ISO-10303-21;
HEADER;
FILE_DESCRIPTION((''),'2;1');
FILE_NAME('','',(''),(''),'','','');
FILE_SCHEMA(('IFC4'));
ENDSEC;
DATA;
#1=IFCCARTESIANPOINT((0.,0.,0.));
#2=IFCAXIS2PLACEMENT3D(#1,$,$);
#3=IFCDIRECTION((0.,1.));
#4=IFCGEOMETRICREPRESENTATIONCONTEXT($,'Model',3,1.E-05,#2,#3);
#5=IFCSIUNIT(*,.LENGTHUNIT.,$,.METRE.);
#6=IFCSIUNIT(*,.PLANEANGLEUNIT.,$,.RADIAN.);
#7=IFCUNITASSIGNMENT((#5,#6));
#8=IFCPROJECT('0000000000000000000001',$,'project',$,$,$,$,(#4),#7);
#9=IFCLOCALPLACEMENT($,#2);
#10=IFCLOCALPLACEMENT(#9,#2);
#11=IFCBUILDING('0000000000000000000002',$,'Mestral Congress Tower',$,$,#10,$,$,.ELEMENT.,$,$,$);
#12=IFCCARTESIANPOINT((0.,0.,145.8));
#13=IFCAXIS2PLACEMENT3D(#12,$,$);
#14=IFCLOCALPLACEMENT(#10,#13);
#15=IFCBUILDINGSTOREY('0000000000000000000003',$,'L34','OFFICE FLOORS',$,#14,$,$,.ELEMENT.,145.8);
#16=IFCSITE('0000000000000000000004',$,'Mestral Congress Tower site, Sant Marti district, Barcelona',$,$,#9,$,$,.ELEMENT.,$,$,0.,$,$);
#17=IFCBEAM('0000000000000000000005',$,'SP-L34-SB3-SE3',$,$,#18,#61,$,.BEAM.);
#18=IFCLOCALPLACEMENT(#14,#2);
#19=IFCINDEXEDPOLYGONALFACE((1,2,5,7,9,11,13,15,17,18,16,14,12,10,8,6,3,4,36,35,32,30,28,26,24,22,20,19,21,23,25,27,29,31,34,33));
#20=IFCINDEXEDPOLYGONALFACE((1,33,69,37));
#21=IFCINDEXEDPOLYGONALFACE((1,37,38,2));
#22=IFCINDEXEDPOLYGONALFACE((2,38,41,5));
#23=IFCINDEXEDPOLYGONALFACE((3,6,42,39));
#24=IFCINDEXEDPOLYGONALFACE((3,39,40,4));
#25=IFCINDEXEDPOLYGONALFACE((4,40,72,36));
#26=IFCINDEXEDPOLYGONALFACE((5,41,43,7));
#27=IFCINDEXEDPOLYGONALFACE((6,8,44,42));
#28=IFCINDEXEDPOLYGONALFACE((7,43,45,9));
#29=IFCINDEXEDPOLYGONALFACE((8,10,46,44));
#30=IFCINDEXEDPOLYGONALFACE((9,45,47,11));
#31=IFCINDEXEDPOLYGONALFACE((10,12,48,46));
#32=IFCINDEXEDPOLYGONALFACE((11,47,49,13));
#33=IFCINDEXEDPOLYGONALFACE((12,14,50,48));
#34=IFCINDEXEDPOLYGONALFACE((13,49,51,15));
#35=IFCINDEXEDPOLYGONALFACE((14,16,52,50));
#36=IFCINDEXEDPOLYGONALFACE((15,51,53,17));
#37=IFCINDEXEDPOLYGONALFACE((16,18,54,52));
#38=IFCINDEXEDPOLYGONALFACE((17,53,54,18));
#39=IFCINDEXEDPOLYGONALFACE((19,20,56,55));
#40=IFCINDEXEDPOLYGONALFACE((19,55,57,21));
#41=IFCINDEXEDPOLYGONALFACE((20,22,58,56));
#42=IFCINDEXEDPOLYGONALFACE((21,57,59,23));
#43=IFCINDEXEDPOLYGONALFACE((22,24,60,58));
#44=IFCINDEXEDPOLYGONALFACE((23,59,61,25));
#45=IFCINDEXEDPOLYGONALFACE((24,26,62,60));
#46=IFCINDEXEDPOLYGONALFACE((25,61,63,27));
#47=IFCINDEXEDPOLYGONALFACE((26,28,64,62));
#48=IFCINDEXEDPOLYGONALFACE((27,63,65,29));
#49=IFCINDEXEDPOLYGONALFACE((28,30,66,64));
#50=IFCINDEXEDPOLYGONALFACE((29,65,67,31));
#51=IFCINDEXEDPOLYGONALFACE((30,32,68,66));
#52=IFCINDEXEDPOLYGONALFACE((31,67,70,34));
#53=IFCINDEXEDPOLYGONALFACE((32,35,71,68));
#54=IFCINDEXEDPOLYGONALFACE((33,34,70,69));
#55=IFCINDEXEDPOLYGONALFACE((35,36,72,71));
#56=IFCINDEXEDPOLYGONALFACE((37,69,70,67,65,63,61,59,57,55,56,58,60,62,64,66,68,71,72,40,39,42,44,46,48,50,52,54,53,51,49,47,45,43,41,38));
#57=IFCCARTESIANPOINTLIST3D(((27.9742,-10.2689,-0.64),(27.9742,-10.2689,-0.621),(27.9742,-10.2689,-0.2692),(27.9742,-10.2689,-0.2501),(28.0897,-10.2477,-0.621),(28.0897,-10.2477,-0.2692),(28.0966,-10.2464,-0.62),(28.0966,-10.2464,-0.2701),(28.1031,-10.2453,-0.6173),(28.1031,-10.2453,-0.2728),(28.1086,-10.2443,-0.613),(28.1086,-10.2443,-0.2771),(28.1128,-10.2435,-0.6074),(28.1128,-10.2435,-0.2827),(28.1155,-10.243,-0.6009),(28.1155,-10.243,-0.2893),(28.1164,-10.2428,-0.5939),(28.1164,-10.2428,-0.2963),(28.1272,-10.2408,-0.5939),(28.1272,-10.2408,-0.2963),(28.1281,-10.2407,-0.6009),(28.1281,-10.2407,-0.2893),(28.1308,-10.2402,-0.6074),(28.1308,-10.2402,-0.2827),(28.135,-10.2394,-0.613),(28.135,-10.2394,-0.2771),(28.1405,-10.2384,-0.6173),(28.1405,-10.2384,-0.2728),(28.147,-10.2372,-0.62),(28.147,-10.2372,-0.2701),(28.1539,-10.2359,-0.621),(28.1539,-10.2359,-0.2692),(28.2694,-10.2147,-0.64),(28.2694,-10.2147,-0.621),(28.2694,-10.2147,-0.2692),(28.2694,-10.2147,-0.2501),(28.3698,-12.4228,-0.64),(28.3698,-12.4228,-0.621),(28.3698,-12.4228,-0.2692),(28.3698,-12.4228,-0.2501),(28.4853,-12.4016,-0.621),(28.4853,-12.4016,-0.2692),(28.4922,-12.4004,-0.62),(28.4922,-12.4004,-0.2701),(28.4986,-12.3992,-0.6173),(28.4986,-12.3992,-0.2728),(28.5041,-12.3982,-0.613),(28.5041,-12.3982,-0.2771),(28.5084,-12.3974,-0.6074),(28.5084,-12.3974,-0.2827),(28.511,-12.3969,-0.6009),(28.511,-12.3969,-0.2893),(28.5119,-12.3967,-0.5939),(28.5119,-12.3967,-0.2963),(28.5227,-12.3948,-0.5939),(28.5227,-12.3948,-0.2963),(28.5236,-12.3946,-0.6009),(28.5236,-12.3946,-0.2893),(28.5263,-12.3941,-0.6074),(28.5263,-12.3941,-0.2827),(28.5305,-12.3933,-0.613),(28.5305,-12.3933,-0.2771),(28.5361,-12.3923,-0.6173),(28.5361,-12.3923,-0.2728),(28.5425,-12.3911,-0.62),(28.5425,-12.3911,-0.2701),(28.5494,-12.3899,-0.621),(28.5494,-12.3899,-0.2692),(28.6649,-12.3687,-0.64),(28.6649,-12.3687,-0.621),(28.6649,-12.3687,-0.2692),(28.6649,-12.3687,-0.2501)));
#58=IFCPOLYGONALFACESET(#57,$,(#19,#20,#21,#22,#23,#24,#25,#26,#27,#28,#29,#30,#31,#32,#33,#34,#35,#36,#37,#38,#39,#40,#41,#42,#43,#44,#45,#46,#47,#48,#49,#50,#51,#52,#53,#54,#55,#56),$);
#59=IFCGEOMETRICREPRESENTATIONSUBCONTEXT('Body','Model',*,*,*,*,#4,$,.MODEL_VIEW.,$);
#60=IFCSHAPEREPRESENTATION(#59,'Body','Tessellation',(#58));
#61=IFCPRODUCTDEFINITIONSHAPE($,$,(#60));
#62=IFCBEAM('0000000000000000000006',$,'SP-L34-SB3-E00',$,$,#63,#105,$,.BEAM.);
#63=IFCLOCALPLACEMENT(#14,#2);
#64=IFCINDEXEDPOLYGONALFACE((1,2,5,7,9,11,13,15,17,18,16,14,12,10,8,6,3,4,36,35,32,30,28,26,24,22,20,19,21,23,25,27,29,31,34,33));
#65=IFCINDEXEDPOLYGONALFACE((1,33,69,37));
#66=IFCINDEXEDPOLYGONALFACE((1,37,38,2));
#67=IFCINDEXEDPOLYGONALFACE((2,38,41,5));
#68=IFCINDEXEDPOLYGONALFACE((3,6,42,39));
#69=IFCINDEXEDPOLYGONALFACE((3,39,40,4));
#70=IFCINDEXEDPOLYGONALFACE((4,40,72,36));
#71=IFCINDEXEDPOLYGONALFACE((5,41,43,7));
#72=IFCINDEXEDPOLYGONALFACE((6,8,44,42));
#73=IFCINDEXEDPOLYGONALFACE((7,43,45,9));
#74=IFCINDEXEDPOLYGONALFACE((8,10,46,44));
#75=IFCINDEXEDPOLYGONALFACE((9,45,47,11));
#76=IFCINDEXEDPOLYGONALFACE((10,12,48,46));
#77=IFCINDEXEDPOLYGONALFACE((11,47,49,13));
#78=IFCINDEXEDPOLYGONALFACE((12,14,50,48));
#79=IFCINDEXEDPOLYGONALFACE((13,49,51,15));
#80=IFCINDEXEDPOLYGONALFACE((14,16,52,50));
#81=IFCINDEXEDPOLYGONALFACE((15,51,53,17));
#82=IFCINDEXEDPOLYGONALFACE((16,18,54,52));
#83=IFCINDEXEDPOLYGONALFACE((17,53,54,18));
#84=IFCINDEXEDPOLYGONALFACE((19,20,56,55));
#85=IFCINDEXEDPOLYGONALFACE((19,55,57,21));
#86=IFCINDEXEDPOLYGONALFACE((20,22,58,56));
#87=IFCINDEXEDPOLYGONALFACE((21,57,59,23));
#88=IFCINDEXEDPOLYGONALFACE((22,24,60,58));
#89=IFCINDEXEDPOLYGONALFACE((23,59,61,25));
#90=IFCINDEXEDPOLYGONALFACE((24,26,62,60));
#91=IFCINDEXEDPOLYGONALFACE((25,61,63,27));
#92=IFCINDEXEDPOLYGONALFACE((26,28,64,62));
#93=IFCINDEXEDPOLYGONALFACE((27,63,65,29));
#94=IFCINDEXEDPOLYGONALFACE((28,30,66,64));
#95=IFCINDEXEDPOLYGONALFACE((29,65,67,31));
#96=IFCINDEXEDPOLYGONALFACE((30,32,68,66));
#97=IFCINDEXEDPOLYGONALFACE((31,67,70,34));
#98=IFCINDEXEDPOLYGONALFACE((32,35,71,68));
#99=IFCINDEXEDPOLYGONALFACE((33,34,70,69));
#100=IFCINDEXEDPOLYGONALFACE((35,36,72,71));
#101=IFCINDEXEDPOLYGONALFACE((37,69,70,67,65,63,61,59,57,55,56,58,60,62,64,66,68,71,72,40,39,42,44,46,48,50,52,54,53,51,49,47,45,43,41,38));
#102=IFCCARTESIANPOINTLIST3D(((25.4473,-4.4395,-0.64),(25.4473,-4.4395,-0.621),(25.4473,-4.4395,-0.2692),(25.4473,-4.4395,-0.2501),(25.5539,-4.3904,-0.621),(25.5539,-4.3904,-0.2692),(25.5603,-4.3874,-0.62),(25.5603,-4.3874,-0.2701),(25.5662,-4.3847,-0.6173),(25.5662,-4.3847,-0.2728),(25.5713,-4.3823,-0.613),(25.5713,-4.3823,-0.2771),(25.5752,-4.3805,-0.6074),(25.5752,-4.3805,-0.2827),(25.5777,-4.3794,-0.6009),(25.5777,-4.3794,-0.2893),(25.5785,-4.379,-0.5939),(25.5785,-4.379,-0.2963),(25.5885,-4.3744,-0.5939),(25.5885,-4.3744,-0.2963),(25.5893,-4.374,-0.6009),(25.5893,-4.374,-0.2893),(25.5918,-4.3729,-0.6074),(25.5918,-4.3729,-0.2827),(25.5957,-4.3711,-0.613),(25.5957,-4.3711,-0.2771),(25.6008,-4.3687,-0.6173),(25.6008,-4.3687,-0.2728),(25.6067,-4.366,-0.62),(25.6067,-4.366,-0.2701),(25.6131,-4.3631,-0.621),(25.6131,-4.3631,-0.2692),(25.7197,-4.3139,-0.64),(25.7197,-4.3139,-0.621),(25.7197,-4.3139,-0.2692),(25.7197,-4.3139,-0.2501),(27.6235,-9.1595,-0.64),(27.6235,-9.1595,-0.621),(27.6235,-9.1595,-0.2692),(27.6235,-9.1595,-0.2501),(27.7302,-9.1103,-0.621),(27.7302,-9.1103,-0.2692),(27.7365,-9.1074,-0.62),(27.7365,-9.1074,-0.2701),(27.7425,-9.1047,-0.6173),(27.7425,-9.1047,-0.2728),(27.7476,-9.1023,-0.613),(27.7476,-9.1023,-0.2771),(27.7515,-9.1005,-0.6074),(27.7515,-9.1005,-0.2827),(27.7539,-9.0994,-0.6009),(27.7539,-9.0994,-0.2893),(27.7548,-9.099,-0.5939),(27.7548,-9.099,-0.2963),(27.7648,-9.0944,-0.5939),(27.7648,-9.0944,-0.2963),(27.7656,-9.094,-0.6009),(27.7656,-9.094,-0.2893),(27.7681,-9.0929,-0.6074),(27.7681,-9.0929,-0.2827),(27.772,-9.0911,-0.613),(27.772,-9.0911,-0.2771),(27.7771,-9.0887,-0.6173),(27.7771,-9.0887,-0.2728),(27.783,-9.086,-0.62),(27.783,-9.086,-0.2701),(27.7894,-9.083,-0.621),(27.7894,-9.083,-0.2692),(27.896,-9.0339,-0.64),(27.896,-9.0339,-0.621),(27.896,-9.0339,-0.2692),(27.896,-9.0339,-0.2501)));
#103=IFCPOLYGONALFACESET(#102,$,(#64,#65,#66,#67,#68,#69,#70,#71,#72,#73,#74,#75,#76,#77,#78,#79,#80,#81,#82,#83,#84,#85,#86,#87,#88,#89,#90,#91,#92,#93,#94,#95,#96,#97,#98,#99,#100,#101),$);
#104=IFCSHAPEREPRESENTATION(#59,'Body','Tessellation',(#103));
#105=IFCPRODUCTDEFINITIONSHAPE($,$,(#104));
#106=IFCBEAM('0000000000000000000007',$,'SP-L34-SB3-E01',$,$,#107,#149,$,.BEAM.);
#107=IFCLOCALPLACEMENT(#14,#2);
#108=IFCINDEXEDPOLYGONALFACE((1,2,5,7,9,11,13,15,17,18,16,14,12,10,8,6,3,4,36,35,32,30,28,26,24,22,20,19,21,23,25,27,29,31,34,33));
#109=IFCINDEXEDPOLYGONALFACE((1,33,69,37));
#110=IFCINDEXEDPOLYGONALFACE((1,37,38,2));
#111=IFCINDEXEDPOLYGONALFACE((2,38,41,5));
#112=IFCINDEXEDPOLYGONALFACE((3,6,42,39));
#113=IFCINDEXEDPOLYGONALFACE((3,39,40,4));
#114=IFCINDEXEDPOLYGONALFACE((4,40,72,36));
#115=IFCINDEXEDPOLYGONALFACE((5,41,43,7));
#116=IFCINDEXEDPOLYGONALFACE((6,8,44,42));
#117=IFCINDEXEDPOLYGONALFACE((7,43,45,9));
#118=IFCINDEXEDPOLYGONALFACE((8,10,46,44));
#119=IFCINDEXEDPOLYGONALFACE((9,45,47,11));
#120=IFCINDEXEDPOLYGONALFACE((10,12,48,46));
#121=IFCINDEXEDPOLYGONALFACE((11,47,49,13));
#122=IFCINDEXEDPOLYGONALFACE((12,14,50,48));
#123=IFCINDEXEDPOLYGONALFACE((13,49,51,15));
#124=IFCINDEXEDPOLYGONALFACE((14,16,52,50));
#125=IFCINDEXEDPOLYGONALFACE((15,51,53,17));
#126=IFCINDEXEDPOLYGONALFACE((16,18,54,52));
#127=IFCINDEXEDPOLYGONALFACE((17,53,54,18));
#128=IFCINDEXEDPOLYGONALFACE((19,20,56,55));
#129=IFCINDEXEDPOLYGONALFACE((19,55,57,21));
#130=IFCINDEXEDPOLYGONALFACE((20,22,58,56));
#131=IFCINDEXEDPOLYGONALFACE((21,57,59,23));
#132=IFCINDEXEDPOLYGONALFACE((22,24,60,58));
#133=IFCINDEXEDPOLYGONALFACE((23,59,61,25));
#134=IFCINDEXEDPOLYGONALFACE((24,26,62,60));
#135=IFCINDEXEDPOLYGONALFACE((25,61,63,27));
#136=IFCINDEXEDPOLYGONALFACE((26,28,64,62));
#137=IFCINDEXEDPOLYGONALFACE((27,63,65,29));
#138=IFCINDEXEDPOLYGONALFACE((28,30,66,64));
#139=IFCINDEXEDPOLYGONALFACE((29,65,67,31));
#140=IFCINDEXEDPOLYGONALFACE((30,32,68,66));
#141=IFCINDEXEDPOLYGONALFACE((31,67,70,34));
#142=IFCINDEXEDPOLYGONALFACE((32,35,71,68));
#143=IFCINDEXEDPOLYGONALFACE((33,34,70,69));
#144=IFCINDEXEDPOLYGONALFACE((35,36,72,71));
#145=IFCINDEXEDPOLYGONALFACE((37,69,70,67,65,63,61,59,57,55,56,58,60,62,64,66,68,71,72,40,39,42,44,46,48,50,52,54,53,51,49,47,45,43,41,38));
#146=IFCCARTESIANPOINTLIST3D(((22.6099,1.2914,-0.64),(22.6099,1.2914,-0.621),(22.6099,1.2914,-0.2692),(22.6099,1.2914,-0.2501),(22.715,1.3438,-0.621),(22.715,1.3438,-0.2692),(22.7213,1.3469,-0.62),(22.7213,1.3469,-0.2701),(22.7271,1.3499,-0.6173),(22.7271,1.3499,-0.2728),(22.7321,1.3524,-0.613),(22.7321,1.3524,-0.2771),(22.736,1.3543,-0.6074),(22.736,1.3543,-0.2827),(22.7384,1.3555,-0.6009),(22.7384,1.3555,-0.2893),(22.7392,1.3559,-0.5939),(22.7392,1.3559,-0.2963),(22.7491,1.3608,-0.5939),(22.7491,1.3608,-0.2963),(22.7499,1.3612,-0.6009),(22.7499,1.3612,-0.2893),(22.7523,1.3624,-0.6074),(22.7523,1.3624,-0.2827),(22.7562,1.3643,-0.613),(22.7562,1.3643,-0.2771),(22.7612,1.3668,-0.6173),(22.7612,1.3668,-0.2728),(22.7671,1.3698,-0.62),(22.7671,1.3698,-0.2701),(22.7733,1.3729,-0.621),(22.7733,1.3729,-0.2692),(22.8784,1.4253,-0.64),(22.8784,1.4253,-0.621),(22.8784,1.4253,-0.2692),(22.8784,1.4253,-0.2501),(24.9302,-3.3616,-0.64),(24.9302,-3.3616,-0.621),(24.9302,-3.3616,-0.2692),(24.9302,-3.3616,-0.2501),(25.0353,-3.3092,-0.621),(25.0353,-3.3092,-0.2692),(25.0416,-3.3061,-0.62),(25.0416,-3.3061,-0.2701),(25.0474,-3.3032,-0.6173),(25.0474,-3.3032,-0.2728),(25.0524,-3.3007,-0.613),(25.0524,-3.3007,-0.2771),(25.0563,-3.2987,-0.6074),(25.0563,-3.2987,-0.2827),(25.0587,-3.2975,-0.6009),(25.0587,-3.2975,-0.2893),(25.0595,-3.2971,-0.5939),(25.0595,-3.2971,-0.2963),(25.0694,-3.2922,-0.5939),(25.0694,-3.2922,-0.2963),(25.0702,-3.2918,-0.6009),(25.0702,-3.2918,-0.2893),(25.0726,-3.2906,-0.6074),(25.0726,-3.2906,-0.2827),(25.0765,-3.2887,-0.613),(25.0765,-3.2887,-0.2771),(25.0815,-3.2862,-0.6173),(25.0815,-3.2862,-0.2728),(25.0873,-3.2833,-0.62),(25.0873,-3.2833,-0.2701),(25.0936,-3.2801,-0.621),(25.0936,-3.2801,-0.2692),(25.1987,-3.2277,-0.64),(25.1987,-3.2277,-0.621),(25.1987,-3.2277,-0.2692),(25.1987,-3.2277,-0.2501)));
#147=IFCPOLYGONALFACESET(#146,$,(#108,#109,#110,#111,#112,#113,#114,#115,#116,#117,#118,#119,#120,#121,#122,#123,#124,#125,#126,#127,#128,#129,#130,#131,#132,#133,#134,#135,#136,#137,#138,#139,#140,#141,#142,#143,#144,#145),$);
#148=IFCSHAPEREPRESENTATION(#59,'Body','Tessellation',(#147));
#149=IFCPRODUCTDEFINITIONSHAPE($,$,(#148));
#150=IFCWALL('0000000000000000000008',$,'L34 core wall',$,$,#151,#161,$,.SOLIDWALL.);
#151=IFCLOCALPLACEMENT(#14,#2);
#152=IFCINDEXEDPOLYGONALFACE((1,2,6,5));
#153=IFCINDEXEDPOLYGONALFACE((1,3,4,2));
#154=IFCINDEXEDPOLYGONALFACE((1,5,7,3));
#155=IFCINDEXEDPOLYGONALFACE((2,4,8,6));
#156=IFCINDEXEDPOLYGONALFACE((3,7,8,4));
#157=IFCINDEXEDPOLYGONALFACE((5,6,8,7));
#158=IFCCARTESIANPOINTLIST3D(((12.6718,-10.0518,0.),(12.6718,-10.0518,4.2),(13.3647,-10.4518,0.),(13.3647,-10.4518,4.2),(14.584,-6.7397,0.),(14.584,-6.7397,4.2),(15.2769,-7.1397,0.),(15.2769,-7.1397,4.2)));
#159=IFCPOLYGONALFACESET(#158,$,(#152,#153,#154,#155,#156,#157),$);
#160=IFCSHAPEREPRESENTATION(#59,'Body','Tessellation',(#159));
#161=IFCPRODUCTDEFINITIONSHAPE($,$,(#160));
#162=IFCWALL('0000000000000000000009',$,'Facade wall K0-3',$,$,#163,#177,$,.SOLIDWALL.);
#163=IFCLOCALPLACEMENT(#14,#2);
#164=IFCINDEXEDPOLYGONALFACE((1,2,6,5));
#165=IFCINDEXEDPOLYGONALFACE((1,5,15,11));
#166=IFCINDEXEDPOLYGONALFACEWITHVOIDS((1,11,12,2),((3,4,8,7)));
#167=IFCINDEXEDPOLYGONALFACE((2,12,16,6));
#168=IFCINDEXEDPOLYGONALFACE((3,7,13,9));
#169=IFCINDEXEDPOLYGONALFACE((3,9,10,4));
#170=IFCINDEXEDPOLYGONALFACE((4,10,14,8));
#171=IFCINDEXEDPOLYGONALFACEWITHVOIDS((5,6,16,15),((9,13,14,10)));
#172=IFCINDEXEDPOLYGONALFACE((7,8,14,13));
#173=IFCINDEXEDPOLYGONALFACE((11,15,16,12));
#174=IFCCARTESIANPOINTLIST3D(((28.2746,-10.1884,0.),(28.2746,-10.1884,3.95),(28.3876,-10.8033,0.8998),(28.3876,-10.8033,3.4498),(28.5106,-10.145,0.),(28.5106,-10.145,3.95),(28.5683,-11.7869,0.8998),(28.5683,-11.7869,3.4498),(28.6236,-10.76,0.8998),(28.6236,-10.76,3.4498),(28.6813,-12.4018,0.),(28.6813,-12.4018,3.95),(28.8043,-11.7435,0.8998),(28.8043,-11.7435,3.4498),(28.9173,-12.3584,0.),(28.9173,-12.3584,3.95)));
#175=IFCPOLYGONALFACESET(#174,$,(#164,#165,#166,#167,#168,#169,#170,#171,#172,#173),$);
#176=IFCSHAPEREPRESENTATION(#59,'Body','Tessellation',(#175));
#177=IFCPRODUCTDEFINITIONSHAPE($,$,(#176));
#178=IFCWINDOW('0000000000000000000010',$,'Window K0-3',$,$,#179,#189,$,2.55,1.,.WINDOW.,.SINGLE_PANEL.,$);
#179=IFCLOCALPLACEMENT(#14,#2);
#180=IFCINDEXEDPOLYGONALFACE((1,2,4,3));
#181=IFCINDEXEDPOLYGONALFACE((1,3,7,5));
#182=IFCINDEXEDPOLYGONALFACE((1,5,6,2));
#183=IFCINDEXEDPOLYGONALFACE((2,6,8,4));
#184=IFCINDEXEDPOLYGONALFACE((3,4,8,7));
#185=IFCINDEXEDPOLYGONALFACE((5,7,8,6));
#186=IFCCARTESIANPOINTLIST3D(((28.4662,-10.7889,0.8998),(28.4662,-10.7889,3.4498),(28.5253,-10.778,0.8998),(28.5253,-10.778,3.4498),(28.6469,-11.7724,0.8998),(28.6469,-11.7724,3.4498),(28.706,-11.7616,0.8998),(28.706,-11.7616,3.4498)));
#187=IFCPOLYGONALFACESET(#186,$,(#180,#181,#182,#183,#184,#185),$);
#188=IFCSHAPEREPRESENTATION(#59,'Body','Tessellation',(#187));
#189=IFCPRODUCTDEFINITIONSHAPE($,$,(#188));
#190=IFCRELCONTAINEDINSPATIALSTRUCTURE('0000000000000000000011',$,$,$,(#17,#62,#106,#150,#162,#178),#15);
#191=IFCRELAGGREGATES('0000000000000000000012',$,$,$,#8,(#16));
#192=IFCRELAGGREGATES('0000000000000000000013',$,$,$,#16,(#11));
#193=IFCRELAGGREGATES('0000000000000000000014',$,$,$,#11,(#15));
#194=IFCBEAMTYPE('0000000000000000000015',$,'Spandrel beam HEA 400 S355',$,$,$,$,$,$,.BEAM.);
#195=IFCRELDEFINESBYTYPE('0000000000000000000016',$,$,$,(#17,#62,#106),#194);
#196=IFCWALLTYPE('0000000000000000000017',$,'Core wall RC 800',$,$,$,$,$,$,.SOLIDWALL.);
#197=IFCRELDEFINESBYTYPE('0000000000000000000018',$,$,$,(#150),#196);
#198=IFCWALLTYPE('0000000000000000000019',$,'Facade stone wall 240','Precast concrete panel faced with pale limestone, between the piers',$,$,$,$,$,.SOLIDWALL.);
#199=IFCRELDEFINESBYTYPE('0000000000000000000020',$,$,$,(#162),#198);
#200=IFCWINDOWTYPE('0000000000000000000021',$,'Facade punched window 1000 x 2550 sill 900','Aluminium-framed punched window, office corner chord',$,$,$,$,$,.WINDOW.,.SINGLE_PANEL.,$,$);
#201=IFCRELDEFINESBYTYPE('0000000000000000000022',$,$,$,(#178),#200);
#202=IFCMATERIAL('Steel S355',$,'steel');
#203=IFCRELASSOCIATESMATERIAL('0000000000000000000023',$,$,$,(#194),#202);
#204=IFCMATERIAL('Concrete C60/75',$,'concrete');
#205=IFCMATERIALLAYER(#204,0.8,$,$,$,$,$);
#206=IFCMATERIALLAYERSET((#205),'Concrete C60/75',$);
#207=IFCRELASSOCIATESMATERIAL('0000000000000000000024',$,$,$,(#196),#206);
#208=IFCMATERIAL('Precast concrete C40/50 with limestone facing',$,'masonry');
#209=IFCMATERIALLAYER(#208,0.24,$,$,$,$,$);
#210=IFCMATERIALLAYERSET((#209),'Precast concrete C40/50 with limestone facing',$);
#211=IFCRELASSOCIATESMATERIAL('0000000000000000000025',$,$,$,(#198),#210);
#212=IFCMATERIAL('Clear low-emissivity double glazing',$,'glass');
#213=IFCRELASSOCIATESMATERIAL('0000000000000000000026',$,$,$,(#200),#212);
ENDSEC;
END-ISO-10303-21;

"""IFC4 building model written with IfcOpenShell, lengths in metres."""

from ifc_helpers import new_model, si_unit, direction, frame, frame_2d, origin, origin_2d, place, context, subcontext, project, spatial, rectangle, i_section, extrude, material, layer, layer_set, material_profile, profile_set, type_object, element, fill, save


model = new_model("IFC4")

# Units and contexts
model_context = context("Model", 3, precision=1e-05, world=origin(), true_north=direction((0.0, 1.0)))
body_context = subcontext(model_context, "Body", "Model", "MODEL_VIEW")
ifc_project = project(units=[si_unit("LENGTHUNIT", "METRE"), si_unit("PLANEANGLEUNIT", "RADIAN")], contexts=[model_context])

# Site, building, storey
site_placement = place(None, origin())
site = spatial("IfcSite", under=ifc_project, at=site_placement, Name="Mestral Congress Tower site, Sant Marti district, Barcelona", CompositionType="ELEMENT", RefElevation=0.0)
building_placement = place(site_placement, origin())
building = spatial("IfcBuilding", under=site, at=building_placement, Name="Mestral Congress Tower", CompositionType="ELEMENT")
storey_placement = place(building_placement, frame((0.0, 0.0, 145.8)))
storey = spatial("IfcBuildingStorey", under=building, at=storey_placement, Name="L34", Description="OFFICE FLOORS", CompositionType="ELEMENT", Elevation=145.8)

# Shared definitions
ifc_material_1 = material(Name="Concrete C60/75", Category="concrete")

# Beams
ifc_material_2 = material(Name="Steel S355", Category="steel")
ifc_material_profile_1 = material_profile(ifc_material_2, i_section(OverallWidth=0.3, OverallDepth=0.3899, WebThickness=0.011, FlangeThickness=0.019, FilletRadius=0.0271, at=origin_2d()), Name="HEA 400")
ifc_profile_set_1 = profile_set([ifc_material_profile_1], Name="Steel S355")
beam_type_1 = type_object("IfcBeamType", Name="Spandrel beam HEA 400 S355", PredefinedType="BEAM", material=ifc_profile_set_1)
beam_1_placement = place(storey_placement, frame((28.5173, -12.3958, -0.4451), z_axis=(-0.180612, 0.983554, 0.0), x_axis=(-0.983554, -0.180612, 0.0)))
element("IfcBeam", 1, at=beam_1_placement, inside=storey, type_object=beam_type_1, Name="SP-L34-SB3-SE3", PredefinedType="BEAM", context=body_context, shape_type="SweptSolid", body=[
    extrude(i_section(OverallWidth=0.3, OverallDepth=0.3899, WebThickness=0.011, FlangeThickness=0.019, FilletRadius=0.0271, at=origin_2d()), origin(), (0.0, 0.0, 1.0), 2.1899),
])
beam_2_placement = place(storey_placement, frame((27.7598, -9.0967, -0.4451), z_axis=(-0.418713, 0.908119, 0.0), x_axis=(-0.908119, -0.418713, 0.0)))
element("IfcBeam", 2, at=beam_2_placement, inside=storey, type_object=beam_type_1, Name="SP-L34-SB3-E00", PredefinedType="BEAM", context=body_context, shape_type="SweptSolid", body=[
    extrude(i_section(OverallWidth=0.3, OverallDepth=0.3899, WebThickness=0.011, FlangeThickness=0.019, FilletRadius=0.0271, at=origin_2d()), origin(), (0.0, 0.0, 1.0), 5.1975),
])
beam_3_placement = place(storey_placement, frame((25.0645, -3.2947, -0.4451), z_axis=(-0.446255, 0.894906, 0.0), x_axis=(-0.894906, -0.446255, 0.0)))
element("IfcBeam", 3, at=beam_3_placement, inside=storey, type_object=beam_type_1, Name="SP-L34-SB3-E01", PredefinedType="BEAM", context=body_context, shape_type="SweptSolid", body=[
    extrude(i_section(OverallWidth=0.3, OverallDepth=0.3899, WebThickness=0.011, FlangeThickness=0.019, FilletRadius=0.0271, at=origin_2d()), origin(), (0.0, 0.0, 1.0), 5.1995),
])

# Wall
ifc_layer_1 = layer(ifc_material_1, 0.8)
ifc_layer_set_1 = layer_set([ifc_layer_1], Name="Concrete C60/75")
wall_type_1 = type_object("IfcWallType", Name="Core wall RC 800", PredefinedType="SOLIDWALL", material=ifc_layer_set_1)
wall_1_placement = place(storey_placement, frame((13.0183, -10.2517, 0.0), z_axis=(0.0, 0.0, 1.0), x_axis=(0.499984, 0.866035, 0.0)))
element("IfcWall", 4, at=wall_1_placement, inside=storey, type_object=wall_type_1, Name="L34 core wall", PredefinedType="SOLIDWALL", context=body_context, shape_type="SweptSolid", body=[
    extrude(rectangle(XDim=3.8245, YDim=0.8, at=frame_2d((1.9121, 0.0))), origin(), (0.0, 0.0, 1.0), 4.2),
])

# Wall, opening, window
ifc_material_3 = material(Name="Precast concrete C40/50 with limestone facing", Category="masonry")
ifc_layer_2 = layer(ifc_material_3, 0.24)
ifc_layer_set_2 = layer_set([ifc_layer_2], Name="Precast concrete C40/50 with limestone facing")
wall_type_2 = type_object("IfcWallType", Name="Facade stone wall 240", Description="Precast concrete panel faced with pale limestone, between the piers", PredefinedType="SOLIDWALL", material=ifc_layer_set_2)
wall_2_placement = place(storey_placement, frame((28.7993, -12.3801, 0.0), z_axis=(0.0, 0.0, 1.0), x_axis=(-0.180737, 0.983531, 0.0)))
wall_2 = element("IfcWall", 5, at=wall_2_placement, inside=storey, type_object=wall_type_2, Name="Facade wall K0-3", PredefinedType="SOLIDWALL", context=body_context, shape_type="SweptSolid", body=[
    extrude(rectangle(XDim=2.2505, YDim=0.24, at=frame_2d((1.1252, 0.0))), origin(), (0.0, 0.0, 1.0), 3.95),
])
opening_1_placement = place(wall_2_placement, frame((0.6252, 0.0, 0.8999)))
opening_1 = element("IfcOpeningElement", 6, at=opening_1_placement, cuts=wall_2, PredefinedType="OPENING", context=body_context, shape_type="SweptSolid", body=[
    extrude(rectangle(XDim=1.0, YDim=2.55, at=frame_2d((0.5, 1.2749))), frame((0.0, 0.1299, 0.0), z_axis=(0.0, -1.0, 0.0), x_axis=(1.0, 0.0, 0.0)), (0.0, 0.0, 1.0), 0.26),
])
ifc_material_4 = material(Name="Clear low-emissivity double glazing", Category="glass")
window_type_1 = type_object("IfcWindowType", Name="Facade punched window 1000 x 2550 sill 900", Description="Aluminium-framed punched window, office corner chord", PartitioningType="SINGLE_PANEL", PredefinedType="WINDOW", material=ifc_material_4)
window_1_placement = place(opening_1_placement, origin())
window_1 = element("IfcWindow", 7, at=window_1_placement, inside=storey, type_object=window_type_1, Name="Window K0-3", OverallHeight=2.55, OverallWidth=1.0, PartitioningType="SINGLE_PANEL", PredefinedType="WINDOW", context=body_context, shape_type="SweptSolid", body=[
    extrude(rectangle(XDim=1.0, YDim=2.55, at=frame_2d((0.5, 1.2749))), frame((0.0, 0.04, 0.0), z_axis=(0.0, -1.0, 0.0), x_axis=(1.0, 0.0, 0.0)), (0.0, 0.0, 1.0), 0.0601),
])
fill(opening_1, window_1)

save(model, "model.ifc")
